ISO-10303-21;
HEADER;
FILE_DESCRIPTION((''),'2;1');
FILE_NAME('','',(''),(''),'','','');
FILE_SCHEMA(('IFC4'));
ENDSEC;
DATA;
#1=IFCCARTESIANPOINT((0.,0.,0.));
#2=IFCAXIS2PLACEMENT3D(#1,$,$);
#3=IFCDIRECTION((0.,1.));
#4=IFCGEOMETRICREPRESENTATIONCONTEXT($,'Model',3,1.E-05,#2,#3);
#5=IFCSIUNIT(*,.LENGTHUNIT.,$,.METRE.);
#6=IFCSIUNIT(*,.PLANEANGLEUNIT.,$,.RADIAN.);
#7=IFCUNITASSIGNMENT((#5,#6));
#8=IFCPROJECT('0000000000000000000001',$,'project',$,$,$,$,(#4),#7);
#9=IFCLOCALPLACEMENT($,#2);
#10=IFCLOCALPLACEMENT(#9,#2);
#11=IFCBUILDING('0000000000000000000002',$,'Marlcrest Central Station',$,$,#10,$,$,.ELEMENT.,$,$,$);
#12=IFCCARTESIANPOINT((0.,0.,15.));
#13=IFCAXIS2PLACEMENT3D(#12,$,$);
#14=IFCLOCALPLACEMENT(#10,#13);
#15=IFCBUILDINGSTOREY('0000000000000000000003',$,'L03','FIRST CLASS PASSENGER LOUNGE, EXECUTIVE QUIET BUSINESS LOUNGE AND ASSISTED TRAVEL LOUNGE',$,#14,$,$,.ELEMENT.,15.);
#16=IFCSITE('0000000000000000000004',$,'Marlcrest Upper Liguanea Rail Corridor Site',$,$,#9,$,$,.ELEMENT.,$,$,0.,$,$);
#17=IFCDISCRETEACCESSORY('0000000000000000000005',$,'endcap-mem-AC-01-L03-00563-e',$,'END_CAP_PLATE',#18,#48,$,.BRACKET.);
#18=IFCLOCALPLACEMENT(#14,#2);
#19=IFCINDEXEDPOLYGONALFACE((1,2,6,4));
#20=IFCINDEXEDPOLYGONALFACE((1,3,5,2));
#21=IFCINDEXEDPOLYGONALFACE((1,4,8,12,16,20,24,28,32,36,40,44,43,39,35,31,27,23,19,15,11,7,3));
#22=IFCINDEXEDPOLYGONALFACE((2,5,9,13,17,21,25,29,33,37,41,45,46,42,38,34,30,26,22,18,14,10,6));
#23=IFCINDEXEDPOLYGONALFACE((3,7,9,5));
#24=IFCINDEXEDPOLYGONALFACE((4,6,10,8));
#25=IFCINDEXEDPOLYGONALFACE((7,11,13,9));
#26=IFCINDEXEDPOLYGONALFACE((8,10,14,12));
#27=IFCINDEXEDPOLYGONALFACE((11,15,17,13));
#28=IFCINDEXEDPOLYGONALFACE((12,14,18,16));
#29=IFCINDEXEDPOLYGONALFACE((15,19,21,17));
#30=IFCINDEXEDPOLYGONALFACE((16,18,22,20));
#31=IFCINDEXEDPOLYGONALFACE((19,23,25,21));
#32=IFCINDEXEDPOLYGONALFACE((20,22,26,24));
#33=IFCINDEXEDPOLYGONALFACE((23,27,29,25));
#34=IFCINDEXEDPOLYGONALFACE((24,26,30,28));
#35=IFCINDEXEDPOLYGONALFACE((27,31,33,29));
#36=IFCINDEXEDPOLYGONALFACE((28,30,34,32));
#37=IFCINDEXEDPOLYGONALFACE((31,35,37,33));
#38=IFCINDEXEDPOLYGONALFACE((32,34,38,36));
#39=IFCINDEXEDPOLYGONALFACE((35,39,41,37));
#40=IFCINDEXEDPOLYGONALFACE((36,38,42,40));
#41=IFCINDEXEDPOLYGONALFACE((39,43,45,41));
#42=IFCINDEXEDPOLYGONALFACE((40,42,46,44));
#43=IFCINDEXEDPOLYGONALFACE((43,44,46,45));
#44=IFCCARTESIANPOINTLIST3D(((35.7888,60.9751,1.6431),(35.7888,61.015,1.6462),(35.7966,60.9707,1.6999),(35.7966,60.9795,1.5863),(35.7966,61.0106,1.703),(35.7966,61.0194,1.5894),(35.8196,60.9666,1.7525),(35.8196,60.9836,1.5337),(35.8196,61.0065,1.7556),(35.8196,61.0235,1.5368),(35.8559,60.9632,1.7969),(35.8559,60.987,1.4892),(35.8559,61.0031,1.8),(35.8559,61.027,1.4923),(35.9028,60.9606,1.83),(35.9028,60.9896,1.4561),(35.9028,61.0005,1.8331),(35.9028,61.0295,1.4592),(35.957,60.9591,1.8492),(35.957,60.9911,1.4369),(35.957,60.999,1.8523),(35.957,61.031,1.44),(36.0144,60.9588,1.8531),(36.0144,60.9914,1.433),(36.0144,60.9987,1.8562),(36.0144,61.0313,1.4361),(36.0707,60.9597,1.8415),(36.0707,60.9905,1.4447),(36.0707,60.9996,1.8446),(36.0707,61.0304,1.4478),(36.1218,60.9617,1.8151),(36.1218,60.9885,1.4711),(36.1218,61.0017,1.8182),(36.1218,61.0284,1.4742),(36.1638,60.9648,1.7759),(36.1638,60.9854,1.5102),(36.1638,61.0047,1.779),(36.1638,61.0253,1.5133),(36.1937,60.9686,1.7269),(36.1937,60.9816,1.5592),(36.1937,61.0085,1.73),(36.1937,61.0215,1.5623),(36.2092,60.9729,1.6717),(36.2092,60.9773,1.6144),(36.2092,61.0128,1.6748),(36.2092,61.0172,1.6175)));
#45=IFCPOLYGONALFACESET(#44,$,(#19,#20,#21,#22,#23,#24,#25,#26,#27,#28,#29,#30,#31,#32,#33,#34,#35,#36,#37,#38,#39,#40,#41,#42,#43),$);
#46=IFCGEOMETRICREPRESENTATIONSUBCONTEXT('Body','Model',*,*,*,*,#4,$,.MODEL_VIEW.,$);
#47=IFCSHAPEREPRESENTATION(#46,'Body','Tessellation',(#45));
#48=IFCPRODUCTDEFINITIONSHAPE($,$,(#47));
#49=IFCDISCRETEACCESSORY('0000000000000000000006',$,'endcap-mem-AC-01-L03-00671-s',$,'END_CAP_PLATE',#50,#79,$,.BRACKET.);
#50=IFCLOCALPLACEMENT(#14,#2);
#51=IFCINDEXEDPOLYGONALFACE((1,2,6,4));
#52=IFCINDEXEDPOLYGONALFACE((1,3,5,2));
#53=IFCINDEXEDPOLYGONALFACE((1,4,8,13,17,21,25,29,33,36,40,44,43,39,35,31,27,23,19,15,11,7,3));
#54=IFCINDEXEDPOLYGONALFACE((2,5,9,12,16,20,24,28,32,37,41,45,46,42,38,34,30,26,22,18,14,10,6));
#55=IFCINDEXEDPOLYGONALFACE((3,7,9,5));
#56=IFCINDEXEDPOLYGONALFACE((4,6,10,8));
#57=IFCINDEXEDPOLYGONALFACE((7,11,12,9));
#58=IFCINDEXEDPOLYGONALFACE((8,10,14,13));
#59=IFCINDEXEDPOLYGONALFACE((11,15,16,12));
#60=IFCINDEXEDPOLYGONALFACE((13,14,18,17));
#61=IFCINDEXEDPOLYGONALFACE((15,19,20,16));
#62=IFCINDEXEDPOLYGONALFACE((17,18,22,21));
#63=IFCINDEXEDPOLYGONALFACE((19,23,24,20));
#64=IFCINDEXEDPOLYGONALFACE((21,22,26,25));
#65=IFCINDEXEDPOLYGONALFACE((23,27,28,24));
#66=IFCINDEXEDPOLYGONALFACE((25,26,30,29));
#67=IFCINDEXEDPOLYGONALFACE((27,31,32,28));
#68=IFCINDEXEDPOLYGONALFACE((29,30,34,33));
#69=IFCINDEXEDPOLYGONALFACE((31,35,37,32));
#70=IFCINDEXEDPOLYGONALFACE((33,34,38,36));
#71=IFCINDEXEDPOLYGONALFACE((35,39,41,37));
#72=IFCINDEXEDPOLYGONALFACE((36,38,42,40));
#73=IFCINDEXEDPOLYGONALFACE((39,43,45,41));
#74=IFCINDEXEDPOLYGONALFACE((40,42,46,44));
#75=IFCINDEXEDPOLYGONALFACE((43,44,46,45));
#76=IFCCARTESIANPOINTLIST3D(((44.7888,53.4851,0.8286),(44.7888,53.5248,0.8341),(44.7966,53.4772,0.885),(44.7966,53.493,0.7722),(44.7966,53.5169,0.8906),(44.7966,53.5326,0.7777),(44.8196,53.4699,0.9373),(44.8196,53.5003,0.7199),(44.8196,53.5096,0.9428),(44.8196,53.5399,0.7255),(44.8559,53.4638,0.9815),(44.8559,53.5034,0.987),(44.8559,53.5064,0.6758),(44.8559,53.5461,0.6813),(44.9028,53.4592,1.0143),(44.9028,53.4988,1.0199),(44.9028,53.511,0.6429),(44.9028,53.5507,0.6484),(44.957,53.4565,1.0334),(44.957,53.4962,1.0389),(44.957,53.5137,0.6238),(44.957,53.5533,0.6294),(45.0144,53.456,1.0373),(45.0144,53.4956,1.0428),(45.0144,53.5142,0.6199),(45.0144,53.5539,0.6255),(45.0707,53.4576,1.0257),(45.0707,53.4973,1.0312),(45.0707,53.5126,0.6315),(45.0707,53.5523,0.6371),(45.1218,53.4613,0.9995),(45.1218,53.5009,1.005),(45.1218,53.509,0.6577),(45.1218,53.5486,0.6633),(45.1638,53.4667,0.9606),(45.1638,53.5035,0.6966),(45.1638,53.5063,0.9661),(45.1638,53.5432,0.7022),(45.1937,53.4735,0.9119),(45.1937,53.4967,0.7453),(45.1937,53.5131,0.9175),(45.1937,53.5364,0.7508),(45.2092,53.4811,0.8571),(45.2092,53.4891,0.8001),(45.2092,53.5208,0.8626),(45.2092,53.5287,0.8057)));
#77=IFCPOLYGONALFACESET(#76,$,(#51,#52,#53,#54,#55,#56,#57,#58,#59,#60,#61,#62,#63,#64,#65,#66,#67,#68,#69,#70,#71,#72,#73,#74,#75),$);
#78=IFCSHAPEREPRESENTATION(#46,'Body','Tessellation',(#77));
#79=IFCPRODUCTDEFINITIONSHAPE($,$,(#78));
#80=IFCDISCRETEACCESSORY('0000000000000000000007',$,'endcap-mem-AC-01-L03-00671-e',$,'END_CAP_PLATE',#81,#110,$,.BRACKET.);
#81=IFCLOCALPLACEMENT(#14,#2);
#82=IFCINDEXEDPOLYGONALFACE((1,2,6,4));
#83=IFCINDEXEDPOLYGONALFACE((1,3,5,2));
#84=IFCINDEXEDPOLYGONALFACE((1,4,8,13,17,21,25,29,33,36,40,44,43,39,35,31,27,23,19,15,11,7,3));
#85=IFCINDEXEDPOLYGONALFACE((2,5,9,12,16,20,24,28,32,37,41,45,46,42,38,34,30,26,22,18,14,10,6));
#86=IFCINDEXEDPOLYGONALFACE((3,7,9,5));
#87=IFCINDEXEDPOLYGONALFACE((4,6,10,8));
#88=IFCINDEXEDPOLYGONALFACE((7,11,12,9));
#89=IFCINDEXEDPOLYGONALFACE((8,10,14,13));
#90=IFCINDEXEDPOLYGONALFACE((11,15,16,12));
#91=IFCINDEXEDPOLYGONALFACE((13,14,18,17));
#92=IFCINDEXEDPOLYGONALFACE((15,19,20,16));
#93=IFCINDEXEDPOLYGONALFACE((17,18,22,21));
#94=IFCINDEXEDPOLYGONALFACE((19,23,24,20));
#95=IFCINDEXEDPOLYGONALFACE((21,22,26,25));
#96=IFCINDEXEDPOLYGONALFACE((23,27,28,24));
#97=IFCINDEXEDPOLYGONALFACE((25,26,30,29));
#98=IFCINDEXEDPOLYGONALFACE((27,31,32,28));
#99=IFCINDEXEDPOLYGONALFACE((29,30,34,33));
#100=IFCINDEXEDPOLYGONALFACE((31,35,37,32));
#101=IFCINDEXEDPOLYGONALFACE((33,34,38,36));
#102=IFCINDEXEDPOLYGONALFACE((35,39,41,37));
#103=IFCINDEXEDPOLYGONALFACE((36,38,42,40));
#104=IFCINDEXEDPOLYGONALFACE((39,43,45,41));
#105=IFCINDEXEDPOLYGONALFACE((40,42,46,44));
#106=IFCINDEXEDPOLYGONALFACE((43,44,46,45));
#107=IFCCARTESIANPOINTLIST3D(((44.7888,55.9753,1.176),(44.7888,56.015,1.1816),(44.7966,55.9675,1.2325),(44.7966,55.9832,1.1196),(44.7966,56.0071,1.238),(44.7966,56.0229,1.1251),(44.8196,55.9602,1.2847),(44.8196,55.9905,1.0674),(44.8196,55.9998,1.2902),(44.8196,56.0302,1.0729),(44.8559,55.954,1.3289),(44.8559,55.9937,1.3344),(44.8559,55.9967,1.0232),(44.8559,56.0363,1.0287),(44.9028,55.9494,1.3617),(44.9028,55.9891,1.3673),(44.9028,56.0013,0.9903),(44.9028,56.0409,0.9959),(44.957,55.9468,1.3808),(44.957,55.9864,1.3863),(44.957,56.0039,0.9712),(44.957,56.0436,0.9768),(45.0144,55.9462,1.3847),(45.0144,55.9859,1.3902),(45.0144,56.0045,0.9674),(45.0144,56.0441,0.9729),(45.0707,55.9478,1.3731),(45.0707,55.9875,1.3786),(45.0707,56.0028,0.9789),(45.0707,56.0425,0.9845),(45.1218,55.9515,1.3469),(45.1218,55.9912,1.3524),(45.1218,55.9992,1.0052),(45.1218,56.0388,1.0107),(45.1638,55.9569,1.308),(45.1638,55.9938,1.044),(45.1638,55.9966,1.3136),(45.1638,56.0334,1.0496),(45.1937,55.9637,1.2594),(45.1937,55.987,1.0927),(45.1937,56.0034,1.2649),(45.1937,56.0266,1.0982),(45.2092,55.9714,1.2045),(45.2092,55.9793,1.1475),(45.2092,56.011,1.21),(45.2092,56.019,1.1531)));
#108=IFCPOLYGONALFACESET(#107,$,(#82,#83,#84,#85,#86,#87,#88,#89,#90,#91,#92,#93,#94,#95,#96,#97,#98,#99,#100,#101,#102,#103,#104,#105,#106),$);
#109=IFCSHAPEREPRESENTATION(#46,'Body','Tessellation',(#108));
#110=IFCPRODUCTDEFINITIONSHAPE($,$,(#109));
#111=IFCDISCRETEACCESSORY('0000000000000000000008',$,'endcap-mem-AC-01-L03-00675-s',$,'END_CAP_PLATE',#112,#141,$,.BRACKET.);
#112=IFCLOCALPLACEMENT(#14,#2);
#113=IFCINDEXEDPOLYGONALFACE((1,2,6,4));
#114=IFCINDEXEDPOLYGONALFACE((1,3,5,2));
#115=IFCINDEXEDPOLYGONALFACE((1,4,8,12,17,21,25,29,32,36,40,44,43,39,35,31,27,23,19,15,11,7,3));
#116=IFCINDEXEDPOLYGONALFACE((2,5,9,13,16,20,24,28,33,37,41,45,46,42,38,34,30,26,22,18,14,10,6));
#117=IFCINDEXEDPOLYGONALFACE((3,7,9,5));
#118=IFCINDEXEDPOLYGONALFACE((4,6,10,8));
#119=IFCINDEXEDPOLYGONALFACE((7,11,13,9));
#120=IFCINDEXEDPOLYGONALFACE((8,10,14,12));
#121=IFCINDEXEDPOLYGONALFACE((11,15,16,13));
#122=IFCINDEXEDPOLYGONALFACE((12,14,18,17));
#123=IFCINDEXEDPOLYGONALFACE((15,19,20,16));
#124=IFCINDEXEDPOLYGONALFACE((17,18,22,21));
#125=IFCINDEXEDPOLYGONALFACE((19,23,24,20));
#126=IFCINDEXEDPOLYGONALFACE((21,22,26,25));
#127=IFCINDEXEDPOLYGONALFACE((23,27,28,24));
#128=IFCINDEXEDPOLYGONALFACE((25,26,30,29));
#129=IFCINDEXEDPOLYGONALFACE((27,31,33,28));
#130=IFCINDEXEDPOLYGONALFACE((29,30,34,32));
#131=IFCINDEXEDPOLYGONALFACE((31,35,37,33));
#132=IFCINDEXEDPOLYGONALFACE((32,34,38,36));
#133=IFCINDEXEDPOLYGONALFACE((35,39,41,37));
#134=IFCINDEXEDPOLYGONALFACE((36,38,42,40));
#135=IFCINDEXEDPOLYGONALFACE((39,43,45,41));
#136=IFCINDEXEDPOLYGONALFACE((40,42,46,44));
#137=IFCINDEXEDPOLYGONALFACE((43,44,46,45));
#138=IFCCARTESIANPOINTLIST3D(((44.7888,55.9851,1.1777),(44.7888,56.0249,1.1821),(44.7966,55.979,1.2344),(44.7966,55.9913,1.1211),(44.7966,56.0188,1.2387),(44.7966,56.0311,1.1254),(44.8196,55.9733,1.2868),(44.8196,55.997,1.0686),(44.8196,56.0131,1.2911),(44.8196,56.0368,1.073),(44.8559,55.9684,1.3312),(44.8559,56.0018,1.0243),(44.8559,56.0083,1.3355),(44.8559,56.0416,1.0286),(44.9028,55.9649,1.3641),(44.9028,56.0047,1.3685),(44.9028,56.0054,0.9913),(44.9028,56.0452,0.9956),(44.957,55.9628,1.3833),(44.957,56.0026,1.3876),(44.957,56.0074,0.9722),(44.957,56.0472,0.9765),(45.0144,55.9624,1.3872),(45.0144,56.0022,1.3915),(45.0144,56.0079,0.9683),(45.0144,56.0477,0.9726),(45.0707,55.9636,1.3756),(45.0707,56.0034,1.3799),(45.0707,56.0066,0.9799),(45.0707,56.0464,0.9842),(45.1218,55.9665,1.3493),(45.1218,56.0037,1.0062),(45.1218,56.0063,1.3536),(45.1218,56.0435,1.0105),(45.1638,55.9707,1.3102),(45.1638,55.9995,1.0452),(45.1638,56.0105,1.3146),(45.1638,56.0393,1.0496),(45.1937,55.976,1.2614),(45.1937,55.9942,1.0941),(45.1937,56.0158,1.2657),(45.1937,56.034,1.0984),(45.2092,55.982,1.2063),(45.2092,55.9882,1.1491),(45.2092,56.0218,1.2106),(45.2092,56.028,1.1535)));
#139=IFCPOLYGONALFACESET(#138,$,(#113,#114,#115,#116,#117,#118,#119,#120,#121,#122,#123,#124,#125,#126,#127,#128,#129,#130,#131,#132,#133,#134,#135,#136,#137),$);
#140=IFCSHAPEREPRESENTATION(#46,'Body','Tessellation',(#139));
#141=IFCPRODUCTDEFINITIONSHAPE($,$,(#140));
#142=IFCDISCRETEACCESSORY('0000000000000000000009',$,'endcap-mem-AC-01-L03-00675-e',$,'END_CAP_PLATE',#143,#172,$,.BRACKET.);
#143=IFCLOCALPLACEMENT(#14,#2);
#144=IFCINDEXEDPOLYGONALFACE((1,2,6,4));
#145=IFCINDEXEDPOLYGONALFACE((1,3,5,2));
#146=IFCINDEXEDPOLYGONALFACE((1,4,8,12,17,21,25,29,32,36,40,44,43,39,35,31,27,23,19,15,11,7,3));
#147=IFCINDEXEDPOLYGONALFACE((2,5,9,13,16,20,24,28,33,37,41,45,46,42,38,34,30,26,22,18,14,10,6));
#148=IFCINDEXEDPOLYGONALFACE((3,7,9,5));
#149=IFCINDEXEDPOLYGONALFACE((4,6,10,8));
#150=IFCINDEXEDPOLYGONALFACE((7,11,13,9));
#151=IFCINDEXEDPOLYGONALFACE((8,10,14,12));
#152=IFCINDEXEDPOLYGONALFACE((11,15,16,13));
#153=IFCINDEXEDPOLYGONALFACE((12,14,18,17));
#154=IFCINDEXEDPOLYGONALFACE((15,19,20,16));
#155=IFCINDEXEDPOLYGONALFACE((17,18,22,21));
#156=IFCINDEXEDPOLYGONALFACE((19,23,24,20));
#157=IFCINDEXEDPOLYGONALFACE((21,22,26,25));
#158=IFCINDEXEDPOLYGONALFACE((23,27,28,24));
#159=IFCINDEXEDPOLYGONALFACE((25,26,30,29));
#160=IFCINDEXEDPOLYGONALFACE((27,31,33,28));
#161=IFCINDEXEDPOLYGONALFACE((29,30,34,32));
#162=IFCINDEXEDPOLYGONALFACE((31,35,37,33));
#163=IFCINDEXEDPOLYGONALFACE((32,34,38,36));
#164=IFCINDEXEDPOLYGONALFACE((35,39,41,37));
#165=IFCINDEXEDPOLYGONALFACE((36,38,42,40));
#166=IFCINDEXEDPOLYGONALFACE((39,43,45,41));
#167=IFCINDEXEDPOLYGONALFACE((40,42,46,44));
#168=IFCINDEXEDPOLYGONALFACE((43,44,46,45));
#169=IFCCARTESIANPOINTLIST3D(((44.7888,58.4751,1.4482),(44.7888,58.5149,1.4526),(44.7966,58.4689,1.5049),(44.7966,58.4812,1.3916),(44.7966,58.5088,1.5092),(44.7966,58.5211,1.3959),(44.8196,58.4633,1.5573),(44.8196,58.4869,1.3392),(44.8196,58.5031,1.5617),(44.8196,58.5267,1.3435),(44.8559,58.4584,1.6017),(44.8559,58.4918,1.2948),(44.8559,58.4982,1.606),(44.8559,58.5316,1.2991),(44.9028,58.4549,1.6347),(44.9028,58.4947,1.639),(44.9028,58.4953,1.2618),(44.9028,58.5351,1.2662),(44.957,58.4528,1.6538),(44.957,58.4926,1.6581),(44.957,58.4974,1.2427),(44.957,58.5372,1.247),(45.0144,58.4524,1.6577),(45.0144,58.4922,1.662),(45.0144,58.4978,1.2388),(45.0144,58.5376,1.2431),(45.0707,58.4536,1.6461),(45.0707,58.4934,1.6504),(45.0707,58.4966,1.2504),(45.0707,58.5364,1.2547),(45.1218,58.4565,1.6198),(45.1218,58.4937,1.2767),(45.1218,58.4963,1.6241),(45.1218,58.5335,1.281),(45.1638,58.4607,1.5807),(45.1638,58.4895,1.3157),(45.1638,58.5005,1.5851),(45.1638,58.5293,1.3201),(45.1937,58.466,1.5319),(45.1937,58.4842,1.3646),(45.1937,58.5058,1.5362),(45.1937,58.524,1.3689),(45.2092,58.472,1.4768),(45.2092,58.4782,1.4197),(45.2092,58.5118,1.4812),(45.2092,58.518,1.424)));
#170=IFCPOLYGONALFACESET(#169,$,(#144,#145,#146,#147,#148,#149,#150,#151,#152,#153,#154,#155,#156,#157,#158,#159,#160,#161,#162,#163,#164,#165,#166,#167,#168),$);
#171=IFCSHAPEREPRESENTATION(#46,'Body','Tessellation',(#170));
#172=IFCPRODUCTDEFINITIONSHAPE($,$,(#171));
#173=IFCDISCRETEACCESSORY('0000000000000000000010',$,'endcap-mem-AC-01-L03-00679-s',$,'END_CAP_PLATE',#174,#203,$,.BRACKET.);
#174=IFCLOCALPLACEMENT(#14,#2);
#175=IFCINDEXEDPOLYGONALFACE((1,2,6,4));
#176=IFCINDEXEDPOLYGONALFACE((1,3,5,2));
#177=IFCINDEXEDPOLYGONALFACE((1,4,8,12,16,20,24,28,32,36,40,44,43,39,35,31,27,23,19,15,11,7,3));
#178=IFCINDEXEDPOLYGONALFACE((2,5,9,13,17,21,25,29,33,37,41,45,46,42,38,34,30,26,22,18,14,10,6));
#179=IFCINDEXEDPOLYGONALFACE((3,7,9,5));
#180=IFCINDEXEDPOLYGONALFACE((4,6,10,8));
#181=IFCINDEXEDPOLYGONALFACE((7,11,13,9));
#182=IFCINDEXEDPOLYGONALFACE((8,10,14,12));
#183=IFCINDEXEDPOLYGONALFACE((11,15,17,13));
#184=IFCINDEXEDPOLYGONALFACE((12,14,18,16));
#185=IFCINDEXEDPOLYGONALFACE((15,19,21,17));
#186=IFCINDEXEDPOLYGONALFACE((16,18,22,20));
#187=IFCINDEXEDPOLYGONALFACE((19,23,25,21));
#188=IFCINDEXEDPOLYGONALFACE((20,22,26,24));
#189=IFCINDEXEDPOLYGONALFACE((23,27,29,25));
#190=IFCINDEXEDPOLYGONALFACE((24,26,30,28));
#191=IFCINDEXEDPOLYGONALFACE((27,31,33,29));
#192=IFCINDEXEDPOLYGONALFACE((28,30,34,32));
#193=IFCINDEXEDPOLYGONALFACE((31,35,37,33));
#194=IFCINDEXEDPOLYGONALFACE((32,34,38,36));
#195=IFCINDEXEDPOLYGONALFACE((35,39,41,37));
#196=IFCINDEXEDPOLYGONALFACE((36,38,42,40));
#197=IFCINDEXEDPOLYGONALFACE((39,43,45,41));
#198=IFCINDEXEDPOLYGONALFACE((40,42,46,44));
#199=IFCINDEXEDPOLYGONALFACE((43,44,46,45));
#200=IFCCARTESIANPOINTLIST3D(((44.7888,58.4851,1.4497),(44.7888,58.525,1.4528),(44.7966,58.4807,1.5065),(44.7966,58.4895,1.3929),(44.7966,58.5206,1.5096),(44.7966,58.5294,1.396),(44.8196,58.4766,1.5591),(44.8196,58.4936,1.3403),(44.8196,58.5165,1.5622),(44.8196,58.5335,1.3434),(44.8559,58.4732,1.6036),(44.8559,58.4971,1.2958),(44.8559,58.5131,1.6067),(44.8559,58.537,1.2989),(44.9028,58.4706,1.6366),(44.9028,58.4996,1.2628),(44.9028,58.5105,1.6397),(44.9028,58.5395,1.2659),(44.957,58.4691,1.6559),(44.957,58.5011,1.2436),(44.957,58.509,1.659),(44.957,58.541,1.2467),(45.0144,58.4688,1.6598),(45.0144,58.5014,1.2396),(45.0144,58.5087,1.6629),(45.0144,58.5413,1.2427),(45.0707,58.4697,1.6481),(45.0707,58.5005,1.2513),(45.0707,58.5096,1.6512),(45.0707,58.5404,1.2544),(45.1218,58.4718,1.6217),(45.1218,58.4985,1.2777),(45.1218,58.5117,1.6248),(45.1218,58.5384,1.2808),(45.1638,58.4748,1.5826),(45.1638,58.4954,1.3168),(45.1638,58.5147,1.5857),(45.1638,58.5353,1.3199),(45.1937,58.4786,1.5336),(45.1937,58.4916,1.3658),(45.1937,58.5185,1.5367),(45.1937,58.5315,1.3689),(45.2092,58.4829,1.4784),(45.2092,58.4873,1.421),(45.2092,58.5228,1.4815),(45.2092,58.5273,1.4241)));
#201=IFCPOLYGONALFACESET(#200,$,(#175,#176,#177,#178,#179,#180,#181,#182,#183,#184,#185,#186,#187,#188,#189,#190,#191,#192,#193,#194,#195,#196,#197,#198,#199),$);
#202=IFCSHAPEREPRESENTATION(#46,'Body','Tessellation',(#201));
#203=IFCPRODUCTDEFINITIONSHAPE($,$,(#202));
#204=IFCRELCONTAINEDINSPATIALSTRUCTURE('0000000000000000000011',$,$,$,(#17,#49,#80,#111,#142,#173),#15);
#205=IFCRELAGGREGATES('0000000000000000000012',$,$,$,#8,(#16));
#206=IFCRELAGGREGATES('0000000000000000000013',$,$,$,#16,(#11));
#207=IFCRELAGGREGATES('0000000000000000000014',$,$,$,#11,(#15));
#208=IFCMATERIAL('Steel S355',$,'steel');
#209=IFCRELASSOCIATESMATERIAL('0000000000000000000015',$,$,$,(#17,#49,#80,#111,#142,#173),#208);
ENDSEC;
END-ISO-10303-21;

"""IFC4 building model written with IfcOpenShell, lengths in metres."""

from ifc_helpers import new_model, si_unit, direction, frame, origin, origin_2d, place, context, subcontext, project, spatial, circle, extrude, material, element, save


model = new_model("IFC4")

# Units and contexts
model_context = context("Model", 3, precision=1e-05, world=origin(), true_north=direction((0.0, 1.0)))
body_context = subcontext(model_context, "Body", "Model", "MODEL_VIEW")
ifc_project = project(units=[si_unit("LENGTHUNIT", "METRE"), si_unit("PLANEANGLEUNIT", "RADIAN")], contexts=[model_context])

# Site, building, storey
site_placement = place(None, origin())
site = spatial("IfcSite", under=ifc_project, at=site_placement, Name="Marlcrest Upper Liguanea Rail Corridor Site", CompositionType="ELEMENT", RefElevation=0.0)
building_placement = place(site_placement, origin())
building = spatial("IfcBuilding", under=site, at=building_placement, Name="Marlcrest Central Station", CompositionType="ELEMENT")
storey_placement = place(building_placement, frame((0.0, 0.0, 15.0)))
storey = spatial("IfcBuildingStorey", under=building, at=storey_placement, Name="L03", Description="FIRST CLASS PASSENGER LOUNGE, EXECUTIVE QUIET BUSINESS LOUNGE AND ASSISTED TRAVEL LOUNGE", CompositionType="ELEMENT", Elevation=15.0)

# Shared definitions
ifc_material_1 = material(Name="Steel S355", Category="steel")

# Discrete accessories
for number, where, z_axis, x_axis, name in (
    (1, (36.0, 60.9751, 1.6431), (0.0, 0.997, 0.077404), (-1.0, 0.0, 0.0), "endcap-mem-AC-01-L03-00563-e"),
    (2, (45.0, 53.4851, 0.8286), (0.0, 0.990403, 0.138211), (-1.0, 0.0, 0.0), "endcap-mem-AC-01-L03-00671-s"),
    (3, (45.0, 55.9753, 1.176), (0.0, 0.990403, 0.138211), (-1.0, 0.0, 0.0), "endcap-mem-AC-01-L03-00671-e"),
    (4, (45.0, 55.9851, 1.1777), (0.0, 0.994155, 0.107959), (-1.0, 0.0, 0.0), "endcap-mem-AC-01-L03-00675-s"),
    (5, (45.0, 58.4751, 1.4482), (0.0, 0.994155, 0.107959), (-1.0, 0.0, 0.0), "endcap-mem-AC-01-L03-00675-e"),
    (6, (45.0, 58.4851, 1.4497), (0.0, 0.997, 0.077404), (-1.0, 0.0, 0.0), "endcap-mem-AC-01-L03-00679-s"),
):
    element("IfcDiscreteAccessory", number, at=place(storey_placement, frame(where, z_axis=z_axis, x_axis=x_axis)), inside=storey, material=ifc_material_1, Name=name, ObjectType="END_CAP_PLATE", PredefinedType="BRACKET", context=body_context, shape_type="SweptSolid", body=[
        extrude(circle(Radius=0.2112, at=origin_2d()), origin(), (0.0, 0.0, 1.0), 0.04),
    ])

save(model, "model.ifc")
